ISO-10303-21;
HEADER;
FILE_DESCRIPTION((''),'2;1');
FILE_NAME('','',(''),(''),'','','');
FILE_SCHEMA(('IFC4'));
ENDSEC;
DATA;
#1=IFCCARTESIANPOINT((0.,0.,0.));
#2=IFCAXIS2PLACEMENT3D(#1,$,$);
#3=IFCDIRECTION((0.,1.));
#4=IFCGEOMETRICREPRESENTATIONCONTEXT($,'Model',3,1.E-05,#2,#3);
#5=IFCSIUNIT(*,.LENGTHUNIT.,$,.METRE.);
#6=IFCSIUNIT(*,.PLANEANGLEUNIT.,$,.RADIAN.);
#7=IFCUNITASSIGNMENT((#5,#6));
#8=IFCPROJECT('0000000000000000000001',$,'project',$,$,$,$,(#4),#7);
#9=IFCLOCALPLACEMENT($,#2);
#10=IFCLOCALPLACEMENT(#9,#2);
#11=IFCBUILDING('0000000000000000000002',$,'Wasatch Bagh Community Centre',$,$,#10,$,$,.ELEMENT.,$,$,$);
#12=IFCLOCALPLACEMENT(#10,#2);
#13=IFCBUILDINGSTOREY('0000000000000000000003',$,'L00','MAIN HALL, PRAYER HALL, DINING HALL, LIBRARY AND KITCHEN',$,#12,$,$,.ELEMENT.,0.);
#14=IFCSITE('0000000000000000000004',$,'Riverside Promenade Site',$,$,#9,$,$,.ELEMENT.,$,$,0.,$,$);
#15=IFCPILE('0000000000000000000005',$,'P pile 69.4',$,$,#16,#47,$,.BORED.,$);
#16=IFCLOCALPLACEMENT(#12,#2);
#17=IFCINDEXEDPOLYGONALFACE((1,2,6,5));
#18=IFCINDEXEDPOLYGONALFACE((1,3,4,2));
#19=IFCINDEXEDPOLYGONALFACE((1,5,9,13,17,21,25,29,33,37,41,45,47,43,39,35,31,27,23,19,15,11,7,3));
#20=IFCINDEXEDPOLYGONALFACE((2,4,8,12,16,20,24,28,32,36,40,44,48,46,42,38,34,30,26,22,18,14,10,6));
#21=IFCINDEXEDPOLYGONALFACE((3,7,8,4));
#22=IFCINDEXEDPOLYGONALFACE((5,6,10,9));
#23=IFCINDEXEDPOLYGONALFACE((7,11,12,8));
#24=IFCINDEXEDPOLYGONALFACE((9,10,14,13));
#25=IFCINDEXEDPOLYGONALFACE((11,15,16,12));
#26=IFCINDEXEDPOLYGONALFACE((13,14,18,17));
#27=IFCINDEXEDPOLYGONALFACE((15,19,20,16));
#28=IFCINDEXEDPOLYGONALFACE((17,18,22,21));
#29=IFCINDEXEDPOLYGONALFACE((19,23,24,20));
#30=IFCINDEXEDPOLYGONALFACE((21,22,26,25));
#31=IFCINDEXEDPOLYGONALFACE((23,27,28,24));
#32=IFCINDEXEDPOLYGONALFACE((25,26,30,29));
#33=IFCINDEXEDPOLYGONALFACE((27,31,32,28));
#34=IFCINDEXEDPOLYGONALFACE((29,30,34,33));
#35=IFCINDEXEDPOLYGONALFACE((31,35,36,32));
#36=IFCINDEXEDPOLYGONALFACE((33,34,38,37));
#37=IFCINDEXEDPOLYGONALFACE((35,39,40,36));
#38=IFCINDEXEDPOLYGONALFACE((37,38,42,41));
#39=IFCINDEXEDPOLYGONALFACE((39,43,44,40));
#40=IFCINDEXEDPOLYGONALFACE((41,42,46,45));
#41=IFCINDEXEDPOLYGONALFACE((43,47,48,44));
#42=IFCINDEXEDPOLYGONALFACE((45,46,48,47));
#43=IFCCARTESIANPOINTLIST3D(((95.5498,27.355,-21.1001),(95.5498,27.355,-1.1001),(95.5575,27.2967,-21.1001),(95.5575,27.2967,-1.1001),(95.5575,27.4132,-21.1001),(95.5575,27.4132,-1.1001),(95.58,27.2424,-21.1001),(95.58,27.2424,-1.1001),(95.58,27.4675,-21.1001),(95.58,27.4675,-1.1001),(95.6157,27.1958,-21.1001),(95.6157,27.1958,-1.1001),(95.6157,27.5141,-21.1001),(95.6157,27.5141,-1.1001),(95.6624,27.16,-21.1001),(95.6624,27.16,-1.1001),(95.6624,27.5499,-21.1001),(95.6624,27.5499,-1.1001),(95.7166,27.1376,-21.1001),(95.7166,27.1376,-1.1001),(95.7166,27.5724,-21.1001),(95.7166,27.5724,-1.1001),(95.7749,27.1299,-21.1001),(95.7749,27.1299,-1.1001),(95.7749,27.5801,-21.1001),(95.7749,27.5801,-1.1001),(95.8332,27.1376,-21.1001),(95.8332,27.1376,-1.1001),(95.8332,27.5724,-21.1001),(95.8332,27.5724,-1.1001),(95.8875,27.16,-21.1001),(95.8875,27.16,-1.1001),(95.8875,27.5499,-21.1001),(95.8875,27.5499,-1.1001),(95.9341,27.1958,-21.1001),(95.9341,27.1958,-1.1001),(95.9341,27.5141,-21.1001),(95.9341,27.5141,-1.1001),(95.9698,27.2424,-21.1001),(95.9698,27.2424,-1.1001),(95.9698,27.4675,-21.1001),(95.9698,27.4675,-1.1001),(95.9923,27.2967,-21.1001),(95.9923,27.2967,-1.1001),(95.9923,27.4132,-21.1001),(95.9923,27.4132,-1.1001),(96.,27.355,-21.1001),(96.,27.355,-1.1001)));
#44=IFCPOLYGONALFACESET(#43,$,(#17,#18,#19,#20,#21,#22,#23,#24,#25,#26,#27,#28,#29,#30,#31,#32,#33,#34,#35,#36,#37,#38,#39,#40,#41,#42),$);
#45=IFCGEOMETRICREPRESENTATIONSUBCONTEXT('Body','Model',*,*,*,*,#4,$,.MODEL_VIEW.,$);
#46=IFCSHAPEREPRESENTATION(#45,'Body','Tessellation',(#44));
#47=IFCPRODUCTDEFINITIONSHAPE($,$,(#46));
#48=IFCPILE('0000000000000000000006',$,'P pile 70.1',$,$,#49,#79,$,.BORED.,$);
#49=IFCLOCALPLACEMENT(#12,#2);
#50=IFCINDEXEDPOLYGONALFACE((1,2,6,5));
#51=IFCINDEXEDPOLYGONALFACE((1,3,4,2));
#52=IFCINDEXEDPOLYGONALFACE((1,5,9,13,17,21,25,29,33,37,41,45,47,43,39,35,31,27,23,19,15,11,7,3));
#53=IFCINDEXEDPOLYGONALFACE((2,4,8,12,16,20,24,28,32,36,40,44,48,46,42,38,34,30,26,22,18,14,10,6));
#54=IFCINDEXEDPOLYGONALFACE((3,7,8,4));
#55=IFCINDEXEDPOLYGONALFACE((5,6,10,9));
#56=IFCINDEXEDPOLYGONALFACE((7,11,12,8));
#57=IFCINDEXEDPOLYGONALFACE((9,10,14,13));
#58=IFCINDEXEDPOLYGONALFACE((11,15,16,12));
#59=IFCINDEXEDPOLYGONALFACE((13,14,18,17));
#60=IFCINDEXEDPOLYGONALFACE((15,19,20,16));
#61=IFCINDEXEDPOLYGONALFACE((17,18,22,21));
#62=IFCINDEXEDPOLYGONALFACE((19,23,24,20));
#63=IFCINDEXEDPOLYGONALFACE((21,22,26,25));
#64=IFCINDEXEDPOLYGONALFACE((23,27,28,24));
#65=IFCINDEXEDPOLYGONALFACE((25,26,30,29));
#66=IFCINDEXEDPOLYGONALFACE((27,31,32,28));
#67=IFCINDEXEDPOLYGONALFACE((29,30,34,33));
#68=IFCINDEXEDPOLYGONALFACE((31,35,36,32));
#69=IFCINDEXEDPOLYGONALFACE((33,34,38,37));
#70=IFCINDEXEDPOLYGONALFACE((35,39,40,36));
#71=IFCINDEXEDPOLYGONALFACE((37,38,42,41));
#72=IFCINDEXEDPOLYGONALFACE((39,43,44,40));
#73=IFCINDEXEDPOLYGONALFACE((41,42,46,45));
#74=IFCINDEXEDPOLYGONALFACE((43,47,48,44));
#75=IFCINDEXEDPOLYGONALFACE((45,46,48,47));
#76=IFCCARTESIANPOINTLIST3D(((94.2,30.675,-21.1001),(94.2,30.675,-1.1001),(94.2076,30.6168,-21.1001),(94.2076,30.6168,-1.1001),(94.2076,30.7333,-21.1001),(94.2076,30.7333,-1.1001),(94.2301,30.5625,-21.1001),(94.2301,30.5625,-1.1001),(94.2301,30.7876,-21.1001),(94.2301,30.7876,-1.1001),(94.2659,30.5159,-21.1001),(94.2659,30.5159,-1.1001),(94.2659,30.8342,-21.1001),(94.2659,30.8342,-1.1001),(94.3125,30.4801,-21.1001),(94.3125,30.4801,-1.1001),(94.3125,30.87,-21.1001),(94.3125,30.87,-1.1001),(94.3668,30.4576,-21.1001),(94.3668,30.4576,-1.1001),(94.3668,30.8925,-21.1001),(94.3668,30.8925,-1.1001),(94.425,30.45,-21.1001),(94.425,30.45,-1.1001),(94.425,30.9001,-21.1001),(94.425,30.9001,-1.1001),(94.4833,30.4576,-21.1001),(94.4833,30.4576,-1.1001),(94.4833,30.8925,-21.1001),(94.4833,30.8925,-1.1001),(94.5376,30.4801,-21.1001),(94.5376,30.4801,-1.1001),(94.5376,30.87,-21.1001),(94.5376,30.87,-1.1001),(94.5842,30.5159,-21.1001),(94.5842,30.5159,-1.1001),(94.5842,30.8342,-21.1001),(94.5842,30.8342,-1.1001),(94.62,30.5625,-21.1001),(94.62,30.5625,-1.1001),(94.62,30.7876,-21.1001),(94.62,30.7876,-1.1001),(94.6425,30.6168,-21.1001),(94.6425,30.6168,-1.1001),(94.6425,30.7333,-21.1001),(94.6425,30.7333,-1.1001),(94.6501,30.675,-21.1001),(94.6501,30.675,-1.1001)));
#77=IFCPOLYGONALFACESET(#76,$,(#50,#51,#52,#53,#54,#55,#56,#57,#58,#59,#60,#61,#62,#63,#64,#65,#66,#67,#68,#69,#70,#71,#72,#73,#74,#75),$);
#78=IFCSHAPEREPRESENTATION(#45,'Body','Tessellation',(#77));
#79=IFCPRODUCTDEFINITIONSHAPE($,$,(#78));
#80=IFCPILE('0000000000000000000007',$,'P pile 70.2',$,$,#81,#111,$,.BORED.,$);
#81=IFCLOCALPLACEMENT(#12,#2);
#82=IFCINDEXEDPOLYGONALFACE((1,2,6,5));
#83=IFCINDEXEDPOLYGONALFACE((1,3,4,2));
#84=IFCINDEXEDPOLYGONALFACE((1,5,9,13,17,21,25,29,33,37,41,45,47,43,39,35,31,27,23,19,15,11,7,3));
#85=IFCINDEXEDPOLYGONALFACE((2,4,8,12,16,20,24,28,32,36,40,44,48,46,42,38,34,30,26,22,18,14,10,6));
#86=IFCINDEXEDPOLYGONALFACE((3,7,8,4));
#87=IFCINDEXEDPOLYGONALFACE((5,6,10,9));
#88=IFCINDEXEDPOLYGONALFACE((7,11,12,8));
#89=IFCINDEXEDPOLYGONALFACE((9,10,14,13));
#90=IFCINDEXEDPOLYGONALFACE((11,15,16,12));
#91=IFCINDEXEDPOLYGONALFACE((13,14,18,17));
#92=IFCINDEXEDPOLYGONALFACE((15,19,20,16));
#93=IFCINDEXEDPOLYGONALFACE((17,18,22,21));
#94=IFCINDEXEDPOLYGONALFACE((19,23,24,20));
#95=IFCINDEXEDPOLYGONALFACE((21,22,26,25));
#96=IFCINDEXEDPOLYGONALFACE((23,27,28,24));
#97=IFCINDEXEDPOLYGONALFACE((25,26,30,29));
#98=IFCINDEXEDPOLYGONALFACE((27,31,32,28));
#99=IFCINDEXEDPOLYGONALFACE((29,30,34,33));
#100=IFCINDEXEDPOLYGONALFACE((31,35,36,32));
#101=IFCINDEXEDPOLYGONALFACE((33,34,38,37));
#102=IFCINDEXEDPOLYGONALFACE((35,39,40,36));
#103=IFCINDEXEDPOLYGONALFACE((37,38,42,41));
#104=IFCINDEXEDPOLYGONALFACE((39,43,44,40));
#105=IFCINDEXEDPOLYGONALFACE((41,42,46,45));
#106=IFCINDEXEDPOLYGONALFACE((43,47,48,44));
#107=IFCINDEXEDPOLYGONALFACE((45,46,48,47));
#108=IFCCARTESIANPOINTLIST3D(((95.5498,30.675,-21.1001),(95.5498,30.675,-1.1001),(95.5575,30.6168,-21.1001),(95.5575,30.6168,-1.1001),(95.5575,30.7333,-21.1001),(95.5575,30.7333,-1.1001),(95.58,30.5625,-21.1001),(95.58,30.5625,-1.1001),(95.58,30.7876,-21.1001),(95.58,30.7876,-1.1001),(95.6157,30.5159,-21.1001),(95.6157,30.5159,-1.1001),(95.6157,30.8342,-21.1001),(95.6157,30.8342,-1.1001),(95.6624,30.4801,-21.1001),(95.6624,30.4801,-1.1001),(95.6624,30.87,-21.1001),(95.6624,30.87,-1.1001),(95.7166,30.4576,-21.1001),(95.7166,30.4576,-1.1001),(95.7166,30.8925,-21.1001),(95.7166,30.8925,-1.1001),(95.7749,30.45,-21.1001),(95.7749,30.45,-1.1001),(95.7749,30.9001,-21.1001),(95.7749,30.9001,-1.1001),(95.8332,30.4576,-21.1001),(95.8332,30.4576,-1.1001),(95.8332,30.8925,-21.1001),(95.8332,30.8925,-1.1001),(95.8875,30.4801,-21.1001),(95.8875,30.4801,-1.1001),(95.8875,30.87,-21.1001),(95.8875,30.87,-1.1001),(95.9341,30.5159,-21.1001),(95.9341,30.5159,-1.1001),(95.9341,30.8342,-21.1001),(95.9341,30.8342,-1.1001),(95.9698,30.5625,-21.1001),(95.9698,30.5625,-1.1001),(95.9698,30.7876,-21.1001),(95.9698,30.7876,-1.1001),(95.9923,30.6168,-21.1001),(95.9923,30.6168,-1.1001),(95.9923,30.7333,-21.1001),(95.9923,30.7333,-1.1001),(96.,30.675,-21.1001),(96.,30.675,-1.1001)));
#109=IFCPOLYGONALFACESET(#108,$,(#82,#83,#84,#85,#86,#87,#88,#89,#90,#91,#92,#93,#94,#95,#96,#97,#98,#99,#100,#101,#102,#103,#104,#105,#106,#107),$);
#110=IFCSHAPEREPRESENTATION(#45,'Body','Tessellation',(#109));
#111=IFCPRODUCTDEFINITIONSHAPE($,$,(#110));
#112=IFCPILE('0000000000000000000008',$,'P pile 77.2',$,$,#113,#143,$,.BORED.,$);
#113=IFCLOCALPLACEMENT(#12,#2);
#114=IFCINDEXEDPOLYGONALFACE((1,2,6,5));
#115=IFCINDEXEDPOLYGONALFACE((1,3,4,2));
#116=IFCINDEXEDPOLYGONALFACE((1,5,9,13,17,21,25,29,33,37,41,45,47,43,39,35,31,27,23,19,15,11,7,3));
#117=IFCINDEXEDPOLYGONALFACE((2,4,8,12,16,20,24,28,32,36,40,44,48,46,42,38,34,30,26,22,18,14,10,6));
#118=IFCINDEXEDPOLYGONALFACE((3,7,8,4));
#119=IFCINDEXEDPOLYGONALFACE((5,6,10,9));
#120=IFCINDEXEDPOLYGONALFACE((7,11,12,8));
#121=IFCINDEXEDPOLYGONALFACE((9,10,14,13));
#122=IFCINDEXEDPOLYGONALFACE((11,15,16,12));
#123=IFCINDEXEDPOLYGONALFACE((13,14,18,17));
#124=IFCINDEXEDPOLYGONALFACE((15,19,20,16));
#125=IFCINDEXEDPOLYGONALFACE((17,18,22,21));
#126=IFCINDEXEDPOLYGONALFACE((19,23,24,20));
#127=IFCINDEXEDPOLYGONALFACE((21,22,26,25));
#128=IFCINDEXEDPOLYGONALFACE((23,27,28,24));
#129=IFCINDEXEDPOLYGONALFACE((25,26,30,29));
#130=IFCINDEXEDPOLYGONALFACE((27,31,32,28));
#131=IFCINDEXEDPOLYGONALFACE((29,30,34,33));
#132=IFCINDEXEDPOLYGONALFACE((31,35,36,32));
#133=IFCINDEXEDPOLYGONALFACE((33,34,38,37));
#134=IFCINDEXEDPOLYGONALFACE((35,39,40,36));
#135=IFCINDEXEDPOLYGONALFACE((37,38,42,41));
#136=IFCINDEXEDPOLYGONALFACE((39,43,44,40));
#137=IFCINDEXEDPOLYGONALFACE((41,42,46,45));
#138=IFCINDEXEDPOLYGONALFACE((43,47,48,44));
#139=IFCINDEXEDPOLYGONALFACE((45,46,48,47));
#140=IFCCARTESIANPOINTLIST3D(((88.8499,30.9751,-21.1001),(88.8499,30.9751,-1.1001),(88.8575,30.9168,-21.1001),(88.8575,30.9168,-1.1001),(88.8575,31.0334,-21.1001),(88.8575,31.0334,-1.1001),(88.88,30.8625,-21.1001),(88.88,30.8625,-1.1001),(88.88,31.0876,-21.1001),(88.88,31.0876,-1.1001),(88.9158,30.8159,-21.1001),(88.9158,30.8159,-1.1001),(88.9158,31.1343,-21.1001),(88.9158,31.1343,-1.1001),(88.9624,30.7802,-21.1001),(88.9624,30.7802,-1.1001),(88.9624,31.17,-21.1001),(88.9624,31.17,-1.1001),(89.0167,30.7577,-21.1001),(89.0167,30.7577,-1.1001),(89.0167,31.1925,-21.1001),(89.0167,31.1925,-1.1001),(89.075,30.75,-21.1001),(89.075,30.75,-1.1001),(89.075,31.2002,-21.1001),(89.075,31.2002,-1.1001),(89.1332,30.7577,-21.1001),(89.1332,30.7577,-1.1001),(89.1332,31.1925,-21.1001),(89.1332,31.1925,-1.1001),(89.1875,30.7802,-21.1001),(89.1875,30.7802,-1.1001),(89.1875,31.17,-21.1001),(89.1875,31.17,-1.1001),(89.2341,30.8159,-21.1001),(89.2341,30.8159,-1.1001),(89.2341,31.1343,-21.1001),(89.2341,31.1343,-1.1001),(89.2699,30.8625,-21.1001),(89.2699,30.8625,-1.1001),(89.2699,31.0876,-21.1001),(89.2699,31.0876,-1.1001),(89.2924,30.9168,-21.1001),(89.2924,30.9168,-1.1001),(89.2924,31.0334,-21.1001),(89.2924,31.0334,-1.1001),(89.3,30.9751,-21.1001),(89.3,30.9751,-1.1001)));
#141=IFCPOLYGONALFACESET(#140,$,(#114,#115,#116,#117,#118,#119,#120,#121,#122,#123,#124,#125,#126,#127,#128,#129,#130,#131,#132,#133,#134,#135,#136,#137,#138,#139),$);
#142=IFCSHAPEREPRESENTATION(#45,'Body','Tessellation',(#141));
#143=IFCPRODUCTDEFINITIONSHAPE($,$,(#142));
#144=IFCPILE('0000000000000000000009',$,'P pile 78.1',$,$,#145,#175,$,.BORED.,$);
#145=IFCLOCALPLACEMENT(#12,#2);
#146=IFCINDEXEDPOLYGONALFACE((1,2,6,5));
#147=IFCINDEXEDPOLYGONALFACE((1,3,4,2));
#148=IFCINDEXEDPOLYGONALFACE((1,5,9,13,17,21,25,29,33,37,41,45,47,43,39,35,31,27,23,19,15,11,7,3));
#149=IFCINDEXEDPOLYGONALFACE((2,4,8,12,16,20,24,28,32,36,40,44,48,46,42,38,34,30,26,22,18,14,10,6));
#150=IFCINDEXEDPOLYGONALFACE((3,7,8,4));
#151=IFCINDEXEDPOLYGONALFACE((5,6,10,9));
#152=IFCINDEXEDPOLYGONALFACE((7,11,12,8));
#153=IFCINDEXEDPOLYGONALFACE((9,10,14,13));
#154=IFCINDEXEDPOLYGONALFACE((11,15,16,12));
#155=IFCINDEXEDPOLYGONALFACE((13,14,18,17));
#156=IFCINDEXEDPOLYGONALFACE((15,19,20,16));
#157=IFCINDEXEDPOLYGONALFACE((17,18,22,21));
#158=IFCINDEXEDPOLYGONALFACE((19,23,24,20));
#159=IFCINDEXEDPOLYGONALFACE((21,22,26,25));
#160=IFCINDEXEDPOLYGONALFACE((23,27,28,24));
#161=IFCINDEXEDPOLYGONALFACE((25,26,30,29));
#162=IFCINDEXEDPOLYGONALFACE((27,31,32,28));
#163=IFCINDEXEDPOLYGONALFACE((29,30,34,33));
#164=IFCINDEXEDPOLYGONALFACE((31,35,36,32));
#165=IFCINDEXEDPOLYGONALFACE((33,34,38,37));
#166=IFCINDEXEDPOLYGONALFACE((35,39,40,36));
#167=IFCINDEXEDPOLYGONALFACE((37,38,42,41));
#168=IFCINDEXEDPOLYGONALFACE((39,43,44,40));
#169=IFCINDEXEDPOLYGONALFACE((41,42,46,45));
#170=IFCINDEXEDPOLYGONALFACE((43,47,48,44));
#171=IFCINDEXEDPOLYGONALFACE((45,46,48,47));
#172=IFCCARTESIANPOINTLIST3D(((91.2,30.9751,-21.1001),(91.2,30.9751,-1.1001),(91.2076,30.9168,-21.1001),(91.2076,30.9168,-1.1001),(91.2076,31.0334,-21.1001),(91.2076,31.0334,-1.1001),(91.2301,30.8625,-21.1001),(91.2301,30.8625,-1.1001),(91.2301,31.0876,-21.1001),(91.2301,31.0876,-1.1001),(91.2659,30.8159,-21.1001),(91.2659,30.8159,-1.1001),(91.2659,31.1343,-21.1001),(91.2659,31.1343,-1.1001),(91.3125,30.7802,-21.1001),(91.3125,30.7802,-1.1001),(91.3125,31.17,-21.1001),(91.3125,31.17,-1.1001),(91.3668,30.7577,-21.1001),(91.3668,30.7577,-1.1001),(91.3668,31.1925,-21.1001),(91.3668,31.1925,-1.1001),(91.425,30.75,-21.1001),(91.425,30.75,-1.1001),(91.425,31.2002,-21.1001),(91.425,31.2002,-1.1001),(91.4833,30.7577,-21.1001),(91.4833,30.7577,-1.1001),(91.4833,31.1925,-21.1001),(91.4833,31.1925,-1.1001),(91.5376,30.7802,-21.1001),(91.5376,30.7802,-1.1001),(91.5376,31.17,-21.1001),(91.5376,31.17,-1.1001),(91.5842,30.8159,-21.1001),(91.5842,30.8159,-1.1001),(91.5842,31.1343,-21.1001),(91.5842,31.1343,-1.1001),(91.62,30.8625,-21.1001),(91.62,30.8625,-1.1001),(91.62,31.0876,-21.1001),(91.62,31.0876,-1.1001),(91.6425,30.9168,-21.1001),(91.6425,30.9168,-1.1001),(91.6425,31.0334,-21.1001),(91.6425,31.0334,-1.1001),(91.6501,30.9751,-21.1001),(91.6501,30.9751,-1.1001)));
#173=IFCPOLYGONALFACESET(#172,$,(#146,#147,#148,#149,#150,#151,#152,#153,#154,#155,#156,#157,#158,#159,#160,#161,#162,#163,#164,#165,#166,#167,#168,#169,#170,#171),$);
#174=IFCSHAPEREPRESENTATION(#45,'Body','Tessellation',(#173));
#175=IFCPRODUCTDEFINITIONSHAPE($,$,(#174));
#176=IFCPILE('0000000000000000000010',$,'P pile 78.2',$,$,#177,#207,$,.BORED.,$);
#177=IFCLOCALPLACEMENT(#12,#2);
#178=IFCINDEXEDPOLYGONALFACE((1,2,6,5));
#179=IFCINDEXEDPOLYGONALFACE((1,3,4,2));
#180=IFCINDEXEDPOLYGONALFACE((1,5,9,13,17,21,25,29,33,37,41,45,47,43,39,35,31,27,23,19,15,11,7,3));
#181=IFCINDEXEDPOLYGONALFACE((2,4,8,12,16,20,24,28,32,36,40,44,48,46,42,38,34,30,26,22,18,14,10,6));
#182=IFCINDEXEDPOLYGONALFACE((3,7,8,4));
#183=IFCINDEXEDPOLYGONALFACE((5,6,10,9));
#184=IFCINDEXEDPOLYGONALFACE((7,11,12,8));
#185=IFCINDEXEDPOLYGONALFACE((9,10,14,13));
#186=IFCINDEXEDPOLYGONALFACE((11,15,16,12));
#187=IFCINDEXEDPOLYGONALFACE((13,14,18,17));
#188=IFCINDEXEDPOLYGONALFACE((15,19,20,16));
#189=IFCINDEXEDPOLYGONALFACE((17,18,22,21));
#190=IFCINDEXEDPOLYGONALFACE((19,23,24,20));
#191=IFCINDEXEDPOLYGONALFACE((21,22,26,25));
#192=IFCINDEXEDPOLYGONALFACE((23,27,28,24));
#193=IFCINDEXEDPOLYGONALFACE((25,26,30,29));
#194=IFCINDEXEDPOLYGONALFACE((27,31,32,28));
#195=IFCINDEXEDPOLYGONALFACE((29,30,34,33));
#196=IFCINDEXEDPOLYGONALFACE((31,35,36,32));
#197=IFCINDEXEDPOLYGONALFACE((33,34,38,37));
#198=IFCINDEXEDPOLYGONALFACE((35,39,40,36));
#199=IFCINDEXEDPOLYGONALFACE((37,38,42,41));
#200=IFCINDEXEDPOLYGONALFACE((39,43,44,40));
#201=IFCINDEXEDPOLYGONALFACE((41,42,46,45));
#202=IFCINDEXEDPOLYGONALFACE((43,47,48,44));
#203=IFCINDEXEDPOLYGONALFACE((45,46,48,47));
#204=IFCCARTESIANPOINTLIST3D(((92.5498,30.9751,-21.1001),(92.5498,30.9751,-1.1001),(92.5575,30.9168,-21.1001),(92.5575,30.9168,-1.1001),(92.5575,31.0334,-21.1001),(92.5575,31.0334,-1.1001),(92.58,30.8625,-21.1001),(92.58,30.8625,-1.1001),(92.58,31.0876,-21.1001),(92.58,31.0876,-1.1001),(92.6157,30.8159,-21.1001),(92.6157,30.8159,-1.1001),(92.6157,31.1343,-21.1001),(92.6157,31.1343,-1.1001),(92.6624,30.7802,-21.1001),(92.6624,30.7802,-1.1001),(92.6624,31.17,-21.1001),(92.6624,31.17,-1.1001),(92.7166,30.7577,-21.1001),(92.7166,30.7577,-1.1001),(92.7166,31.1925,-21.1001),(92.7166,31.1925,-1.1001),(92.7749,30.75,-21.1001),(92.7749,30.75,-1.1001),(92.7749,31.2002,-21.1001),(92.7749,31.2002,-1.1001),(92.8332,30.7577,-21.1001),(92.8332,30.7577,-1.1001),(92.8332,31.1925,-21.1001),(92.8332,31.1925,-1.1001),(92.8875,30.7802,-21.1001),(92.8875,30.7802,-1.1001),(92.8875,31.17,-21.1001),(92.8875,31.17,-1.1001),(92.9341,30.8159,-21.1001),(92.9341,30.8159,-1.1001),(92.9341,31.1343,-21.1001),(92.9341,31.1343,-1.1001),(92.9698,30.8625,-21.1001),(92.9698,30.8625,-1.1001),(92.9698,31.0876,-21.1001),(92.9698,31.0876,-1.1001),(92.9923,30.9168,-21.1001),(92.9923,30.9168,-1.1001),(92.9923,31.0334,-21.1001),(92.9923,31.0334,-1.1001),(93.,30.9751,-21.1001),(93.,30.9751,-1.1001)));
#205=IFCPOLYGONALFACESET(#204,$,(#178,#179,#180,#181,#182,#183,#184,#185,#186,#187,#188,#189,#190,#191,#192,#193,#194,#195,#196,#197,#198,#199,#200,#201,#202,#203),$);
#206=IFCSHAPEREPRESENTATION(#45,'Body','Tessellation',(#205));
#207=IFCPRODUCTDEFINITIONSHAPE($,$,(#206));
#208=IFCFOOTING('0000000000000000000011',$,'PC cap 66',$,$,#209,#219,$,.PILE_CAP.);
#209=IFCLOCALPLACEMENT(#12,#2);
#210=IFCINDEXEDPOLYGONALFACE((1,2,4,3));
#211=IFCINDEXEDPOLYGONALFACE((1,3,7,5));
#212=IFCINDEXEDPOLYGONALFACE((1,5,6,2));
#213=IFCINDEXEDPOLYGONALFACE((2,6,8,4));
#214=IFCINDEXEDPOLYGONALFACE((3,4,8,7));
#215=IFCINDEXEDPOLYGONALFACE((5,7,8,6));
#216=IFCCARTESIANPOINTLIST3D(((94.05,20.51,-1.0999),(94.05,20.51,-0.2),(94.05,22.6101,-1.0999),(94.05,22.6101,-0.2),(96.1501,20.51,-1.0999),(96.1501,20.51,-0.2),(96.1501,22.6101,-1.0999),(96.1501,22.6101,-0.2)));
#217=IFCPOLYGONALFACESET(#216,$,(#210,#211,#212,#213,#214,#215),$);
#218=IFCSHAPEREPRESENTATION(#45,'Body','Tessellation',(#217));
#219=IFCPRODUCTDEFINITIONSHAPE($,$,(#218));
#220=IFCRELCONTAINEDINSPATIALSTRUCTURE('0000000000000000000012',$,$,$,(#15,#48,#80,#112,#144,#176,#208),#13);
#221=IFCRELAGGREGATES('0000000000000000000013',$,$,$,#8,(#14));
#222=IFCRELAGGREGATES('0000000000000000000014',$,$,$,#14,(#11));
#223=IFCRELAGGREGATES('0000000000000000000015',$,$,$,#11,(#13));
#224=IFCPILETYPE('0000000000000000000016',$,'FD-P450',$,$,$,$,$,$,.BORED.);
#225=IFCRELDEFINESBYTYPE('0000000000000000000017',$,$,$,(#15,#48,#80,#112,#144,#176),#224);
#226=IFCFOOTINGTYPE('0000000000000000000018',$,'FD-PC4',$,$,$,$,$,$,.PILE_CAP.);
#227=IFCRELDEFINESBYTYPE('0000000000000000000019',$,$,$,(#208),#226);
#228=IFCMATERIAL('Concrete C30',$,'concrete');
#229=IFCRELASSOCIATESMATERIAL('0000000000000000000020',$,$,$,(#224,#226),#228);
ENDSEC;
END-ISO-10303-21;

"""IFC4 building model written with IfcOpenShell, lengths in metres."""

from ifc_helpers import new_model, si_unit, direction, frame, origin, origin_2d, place, context, subcontext, project, spatial, rectangle, circle, extrude, material, material_profile, profile_set, type_object, element, save


model = new_model("IFC4")

# Units and contexts
model_context = context("Model", 3, precision=1e-05, world=origin(), true_north=direction((0.0, 1.0)))
body_context = subcontext(model_context, "Body", "Model", "MODEL_VIEW")
ifc_project = project(units=[si_unit("LENGTHUNIT", "METRE"), si_unit("PLANEANGLEUNIT", "RADIAN")], contexts=[model_context])

# Site, building, storey
site_placement = place(None, origin())
site = spatial("IfcSite", under=ifc_project, at=site_placement, Name="Riverside Promenade Site", CompositionType="ELEMENT", RefElevation=0.0)
building_placement = place(site_placement, origin())
building = spatial("IfcBuilding", under=site, at=building_placement, Name="Wasatch Bagh Community Centre", CompositionType="ELEMENT")
storey_placement = place(building_placement, origin())
storey = spatial("IfcBuildingStorey", under=building, at=storey_placement, Name="L00", Description="MAIN HALL, PRAYER HALL, DINING HALL, LIBRARY AND KITCHEN", CompositionType="ELEMENT", Elevation=0.0)

# Piles
ifc_material_1 = material(Name="Concrete C30", Category="concrete")
ifc_material_profile_1 = material_profile(ifc_material_1, circle(Radius=0.2251, at=origin_2d()), Name="RC D450")
ifc_profile_set_1 = profile_set([ifc_material_profile_1], Name="Concrete C30")
pile_type = type_object("IfcPileType", Name="FD-P450", PredefinedType="BORED", material=ifc_profile_set_1)
for number, where, z_axis, x_axis, name in (
    (1, (95.7749, 27.355, -1.1001), (0.0, 0.0, -1.0), (1.0, 0.0, 0.0), "P pile 69.4"),
    (2, (94.425, 30.675, -1.1001), (0.0, 0.0, -1.0), (1.0, 0.0, 0.0), "P pile 70.1"),
    (3, (95.7749, 30.675, -1.1001), (0.0, 0.0, -1.0), (1.0, 0.0, 0.0), "P pile 70.2"),
    (4, (89.075, 30.9751, -1.1001), (0.0, 0.0, -1.0), (1.0, 0.0, 0.0), "P pile 77.2"),
    (5, (91.425, 30.9751, -1.1001), (0.0, 0.0, -1.0), (1.0, 0.0, 0.0), "P pile 78.1"),
    (6, (92.7749, 30.9751, -1.1001), (0.0, 0.0, -1.0), (1.0, 0.0, 0.0), "P pile 78.2"),
):
    element("IfcPile", number, at=place(storey_placement, frame(where, z_axis=z_axis, x_axis=x_axis)), inside=storey, type_object=pile_type, Name=name, PredefinedType="BORED", context=body_context, shape_type="SweptSolid", body=[
        extrude(circle(Radius=0.2251, at=origin_2d()), origin(), (0.0, 0.0, 1.0), 20.0),
    ])

# Footing
footing_type_1 = type_object("IfcFootingType", Name="FD-PC4", PredefinedType="PILE_CAP", material=ifc_material_1)
for number, where, z_axis, x_axis, name in (
    (7, (95.1001, 21.5601, -1.0999), (0.0, 0.0, 1.0), (1.0, 0.0, 0.0), "PC cap 66"),
):
    element("IfcFooting", number, at=place(storey_placement, frame(where, z_axis=z_axis, x_axis=x_axis)), inside=storey, type_object=footing_type_1, Name=name, PredefinedType="PILE_CAP", context=body_context, shape_type="SweptSolid", body=[
        extrude(rectangle(XDim=2.1001, YDim=2.1001, at=origin_2d()), origin(), (0.0, 0.0, 1.0), 0.8999),
    ])

save(model, "model.ifc")
